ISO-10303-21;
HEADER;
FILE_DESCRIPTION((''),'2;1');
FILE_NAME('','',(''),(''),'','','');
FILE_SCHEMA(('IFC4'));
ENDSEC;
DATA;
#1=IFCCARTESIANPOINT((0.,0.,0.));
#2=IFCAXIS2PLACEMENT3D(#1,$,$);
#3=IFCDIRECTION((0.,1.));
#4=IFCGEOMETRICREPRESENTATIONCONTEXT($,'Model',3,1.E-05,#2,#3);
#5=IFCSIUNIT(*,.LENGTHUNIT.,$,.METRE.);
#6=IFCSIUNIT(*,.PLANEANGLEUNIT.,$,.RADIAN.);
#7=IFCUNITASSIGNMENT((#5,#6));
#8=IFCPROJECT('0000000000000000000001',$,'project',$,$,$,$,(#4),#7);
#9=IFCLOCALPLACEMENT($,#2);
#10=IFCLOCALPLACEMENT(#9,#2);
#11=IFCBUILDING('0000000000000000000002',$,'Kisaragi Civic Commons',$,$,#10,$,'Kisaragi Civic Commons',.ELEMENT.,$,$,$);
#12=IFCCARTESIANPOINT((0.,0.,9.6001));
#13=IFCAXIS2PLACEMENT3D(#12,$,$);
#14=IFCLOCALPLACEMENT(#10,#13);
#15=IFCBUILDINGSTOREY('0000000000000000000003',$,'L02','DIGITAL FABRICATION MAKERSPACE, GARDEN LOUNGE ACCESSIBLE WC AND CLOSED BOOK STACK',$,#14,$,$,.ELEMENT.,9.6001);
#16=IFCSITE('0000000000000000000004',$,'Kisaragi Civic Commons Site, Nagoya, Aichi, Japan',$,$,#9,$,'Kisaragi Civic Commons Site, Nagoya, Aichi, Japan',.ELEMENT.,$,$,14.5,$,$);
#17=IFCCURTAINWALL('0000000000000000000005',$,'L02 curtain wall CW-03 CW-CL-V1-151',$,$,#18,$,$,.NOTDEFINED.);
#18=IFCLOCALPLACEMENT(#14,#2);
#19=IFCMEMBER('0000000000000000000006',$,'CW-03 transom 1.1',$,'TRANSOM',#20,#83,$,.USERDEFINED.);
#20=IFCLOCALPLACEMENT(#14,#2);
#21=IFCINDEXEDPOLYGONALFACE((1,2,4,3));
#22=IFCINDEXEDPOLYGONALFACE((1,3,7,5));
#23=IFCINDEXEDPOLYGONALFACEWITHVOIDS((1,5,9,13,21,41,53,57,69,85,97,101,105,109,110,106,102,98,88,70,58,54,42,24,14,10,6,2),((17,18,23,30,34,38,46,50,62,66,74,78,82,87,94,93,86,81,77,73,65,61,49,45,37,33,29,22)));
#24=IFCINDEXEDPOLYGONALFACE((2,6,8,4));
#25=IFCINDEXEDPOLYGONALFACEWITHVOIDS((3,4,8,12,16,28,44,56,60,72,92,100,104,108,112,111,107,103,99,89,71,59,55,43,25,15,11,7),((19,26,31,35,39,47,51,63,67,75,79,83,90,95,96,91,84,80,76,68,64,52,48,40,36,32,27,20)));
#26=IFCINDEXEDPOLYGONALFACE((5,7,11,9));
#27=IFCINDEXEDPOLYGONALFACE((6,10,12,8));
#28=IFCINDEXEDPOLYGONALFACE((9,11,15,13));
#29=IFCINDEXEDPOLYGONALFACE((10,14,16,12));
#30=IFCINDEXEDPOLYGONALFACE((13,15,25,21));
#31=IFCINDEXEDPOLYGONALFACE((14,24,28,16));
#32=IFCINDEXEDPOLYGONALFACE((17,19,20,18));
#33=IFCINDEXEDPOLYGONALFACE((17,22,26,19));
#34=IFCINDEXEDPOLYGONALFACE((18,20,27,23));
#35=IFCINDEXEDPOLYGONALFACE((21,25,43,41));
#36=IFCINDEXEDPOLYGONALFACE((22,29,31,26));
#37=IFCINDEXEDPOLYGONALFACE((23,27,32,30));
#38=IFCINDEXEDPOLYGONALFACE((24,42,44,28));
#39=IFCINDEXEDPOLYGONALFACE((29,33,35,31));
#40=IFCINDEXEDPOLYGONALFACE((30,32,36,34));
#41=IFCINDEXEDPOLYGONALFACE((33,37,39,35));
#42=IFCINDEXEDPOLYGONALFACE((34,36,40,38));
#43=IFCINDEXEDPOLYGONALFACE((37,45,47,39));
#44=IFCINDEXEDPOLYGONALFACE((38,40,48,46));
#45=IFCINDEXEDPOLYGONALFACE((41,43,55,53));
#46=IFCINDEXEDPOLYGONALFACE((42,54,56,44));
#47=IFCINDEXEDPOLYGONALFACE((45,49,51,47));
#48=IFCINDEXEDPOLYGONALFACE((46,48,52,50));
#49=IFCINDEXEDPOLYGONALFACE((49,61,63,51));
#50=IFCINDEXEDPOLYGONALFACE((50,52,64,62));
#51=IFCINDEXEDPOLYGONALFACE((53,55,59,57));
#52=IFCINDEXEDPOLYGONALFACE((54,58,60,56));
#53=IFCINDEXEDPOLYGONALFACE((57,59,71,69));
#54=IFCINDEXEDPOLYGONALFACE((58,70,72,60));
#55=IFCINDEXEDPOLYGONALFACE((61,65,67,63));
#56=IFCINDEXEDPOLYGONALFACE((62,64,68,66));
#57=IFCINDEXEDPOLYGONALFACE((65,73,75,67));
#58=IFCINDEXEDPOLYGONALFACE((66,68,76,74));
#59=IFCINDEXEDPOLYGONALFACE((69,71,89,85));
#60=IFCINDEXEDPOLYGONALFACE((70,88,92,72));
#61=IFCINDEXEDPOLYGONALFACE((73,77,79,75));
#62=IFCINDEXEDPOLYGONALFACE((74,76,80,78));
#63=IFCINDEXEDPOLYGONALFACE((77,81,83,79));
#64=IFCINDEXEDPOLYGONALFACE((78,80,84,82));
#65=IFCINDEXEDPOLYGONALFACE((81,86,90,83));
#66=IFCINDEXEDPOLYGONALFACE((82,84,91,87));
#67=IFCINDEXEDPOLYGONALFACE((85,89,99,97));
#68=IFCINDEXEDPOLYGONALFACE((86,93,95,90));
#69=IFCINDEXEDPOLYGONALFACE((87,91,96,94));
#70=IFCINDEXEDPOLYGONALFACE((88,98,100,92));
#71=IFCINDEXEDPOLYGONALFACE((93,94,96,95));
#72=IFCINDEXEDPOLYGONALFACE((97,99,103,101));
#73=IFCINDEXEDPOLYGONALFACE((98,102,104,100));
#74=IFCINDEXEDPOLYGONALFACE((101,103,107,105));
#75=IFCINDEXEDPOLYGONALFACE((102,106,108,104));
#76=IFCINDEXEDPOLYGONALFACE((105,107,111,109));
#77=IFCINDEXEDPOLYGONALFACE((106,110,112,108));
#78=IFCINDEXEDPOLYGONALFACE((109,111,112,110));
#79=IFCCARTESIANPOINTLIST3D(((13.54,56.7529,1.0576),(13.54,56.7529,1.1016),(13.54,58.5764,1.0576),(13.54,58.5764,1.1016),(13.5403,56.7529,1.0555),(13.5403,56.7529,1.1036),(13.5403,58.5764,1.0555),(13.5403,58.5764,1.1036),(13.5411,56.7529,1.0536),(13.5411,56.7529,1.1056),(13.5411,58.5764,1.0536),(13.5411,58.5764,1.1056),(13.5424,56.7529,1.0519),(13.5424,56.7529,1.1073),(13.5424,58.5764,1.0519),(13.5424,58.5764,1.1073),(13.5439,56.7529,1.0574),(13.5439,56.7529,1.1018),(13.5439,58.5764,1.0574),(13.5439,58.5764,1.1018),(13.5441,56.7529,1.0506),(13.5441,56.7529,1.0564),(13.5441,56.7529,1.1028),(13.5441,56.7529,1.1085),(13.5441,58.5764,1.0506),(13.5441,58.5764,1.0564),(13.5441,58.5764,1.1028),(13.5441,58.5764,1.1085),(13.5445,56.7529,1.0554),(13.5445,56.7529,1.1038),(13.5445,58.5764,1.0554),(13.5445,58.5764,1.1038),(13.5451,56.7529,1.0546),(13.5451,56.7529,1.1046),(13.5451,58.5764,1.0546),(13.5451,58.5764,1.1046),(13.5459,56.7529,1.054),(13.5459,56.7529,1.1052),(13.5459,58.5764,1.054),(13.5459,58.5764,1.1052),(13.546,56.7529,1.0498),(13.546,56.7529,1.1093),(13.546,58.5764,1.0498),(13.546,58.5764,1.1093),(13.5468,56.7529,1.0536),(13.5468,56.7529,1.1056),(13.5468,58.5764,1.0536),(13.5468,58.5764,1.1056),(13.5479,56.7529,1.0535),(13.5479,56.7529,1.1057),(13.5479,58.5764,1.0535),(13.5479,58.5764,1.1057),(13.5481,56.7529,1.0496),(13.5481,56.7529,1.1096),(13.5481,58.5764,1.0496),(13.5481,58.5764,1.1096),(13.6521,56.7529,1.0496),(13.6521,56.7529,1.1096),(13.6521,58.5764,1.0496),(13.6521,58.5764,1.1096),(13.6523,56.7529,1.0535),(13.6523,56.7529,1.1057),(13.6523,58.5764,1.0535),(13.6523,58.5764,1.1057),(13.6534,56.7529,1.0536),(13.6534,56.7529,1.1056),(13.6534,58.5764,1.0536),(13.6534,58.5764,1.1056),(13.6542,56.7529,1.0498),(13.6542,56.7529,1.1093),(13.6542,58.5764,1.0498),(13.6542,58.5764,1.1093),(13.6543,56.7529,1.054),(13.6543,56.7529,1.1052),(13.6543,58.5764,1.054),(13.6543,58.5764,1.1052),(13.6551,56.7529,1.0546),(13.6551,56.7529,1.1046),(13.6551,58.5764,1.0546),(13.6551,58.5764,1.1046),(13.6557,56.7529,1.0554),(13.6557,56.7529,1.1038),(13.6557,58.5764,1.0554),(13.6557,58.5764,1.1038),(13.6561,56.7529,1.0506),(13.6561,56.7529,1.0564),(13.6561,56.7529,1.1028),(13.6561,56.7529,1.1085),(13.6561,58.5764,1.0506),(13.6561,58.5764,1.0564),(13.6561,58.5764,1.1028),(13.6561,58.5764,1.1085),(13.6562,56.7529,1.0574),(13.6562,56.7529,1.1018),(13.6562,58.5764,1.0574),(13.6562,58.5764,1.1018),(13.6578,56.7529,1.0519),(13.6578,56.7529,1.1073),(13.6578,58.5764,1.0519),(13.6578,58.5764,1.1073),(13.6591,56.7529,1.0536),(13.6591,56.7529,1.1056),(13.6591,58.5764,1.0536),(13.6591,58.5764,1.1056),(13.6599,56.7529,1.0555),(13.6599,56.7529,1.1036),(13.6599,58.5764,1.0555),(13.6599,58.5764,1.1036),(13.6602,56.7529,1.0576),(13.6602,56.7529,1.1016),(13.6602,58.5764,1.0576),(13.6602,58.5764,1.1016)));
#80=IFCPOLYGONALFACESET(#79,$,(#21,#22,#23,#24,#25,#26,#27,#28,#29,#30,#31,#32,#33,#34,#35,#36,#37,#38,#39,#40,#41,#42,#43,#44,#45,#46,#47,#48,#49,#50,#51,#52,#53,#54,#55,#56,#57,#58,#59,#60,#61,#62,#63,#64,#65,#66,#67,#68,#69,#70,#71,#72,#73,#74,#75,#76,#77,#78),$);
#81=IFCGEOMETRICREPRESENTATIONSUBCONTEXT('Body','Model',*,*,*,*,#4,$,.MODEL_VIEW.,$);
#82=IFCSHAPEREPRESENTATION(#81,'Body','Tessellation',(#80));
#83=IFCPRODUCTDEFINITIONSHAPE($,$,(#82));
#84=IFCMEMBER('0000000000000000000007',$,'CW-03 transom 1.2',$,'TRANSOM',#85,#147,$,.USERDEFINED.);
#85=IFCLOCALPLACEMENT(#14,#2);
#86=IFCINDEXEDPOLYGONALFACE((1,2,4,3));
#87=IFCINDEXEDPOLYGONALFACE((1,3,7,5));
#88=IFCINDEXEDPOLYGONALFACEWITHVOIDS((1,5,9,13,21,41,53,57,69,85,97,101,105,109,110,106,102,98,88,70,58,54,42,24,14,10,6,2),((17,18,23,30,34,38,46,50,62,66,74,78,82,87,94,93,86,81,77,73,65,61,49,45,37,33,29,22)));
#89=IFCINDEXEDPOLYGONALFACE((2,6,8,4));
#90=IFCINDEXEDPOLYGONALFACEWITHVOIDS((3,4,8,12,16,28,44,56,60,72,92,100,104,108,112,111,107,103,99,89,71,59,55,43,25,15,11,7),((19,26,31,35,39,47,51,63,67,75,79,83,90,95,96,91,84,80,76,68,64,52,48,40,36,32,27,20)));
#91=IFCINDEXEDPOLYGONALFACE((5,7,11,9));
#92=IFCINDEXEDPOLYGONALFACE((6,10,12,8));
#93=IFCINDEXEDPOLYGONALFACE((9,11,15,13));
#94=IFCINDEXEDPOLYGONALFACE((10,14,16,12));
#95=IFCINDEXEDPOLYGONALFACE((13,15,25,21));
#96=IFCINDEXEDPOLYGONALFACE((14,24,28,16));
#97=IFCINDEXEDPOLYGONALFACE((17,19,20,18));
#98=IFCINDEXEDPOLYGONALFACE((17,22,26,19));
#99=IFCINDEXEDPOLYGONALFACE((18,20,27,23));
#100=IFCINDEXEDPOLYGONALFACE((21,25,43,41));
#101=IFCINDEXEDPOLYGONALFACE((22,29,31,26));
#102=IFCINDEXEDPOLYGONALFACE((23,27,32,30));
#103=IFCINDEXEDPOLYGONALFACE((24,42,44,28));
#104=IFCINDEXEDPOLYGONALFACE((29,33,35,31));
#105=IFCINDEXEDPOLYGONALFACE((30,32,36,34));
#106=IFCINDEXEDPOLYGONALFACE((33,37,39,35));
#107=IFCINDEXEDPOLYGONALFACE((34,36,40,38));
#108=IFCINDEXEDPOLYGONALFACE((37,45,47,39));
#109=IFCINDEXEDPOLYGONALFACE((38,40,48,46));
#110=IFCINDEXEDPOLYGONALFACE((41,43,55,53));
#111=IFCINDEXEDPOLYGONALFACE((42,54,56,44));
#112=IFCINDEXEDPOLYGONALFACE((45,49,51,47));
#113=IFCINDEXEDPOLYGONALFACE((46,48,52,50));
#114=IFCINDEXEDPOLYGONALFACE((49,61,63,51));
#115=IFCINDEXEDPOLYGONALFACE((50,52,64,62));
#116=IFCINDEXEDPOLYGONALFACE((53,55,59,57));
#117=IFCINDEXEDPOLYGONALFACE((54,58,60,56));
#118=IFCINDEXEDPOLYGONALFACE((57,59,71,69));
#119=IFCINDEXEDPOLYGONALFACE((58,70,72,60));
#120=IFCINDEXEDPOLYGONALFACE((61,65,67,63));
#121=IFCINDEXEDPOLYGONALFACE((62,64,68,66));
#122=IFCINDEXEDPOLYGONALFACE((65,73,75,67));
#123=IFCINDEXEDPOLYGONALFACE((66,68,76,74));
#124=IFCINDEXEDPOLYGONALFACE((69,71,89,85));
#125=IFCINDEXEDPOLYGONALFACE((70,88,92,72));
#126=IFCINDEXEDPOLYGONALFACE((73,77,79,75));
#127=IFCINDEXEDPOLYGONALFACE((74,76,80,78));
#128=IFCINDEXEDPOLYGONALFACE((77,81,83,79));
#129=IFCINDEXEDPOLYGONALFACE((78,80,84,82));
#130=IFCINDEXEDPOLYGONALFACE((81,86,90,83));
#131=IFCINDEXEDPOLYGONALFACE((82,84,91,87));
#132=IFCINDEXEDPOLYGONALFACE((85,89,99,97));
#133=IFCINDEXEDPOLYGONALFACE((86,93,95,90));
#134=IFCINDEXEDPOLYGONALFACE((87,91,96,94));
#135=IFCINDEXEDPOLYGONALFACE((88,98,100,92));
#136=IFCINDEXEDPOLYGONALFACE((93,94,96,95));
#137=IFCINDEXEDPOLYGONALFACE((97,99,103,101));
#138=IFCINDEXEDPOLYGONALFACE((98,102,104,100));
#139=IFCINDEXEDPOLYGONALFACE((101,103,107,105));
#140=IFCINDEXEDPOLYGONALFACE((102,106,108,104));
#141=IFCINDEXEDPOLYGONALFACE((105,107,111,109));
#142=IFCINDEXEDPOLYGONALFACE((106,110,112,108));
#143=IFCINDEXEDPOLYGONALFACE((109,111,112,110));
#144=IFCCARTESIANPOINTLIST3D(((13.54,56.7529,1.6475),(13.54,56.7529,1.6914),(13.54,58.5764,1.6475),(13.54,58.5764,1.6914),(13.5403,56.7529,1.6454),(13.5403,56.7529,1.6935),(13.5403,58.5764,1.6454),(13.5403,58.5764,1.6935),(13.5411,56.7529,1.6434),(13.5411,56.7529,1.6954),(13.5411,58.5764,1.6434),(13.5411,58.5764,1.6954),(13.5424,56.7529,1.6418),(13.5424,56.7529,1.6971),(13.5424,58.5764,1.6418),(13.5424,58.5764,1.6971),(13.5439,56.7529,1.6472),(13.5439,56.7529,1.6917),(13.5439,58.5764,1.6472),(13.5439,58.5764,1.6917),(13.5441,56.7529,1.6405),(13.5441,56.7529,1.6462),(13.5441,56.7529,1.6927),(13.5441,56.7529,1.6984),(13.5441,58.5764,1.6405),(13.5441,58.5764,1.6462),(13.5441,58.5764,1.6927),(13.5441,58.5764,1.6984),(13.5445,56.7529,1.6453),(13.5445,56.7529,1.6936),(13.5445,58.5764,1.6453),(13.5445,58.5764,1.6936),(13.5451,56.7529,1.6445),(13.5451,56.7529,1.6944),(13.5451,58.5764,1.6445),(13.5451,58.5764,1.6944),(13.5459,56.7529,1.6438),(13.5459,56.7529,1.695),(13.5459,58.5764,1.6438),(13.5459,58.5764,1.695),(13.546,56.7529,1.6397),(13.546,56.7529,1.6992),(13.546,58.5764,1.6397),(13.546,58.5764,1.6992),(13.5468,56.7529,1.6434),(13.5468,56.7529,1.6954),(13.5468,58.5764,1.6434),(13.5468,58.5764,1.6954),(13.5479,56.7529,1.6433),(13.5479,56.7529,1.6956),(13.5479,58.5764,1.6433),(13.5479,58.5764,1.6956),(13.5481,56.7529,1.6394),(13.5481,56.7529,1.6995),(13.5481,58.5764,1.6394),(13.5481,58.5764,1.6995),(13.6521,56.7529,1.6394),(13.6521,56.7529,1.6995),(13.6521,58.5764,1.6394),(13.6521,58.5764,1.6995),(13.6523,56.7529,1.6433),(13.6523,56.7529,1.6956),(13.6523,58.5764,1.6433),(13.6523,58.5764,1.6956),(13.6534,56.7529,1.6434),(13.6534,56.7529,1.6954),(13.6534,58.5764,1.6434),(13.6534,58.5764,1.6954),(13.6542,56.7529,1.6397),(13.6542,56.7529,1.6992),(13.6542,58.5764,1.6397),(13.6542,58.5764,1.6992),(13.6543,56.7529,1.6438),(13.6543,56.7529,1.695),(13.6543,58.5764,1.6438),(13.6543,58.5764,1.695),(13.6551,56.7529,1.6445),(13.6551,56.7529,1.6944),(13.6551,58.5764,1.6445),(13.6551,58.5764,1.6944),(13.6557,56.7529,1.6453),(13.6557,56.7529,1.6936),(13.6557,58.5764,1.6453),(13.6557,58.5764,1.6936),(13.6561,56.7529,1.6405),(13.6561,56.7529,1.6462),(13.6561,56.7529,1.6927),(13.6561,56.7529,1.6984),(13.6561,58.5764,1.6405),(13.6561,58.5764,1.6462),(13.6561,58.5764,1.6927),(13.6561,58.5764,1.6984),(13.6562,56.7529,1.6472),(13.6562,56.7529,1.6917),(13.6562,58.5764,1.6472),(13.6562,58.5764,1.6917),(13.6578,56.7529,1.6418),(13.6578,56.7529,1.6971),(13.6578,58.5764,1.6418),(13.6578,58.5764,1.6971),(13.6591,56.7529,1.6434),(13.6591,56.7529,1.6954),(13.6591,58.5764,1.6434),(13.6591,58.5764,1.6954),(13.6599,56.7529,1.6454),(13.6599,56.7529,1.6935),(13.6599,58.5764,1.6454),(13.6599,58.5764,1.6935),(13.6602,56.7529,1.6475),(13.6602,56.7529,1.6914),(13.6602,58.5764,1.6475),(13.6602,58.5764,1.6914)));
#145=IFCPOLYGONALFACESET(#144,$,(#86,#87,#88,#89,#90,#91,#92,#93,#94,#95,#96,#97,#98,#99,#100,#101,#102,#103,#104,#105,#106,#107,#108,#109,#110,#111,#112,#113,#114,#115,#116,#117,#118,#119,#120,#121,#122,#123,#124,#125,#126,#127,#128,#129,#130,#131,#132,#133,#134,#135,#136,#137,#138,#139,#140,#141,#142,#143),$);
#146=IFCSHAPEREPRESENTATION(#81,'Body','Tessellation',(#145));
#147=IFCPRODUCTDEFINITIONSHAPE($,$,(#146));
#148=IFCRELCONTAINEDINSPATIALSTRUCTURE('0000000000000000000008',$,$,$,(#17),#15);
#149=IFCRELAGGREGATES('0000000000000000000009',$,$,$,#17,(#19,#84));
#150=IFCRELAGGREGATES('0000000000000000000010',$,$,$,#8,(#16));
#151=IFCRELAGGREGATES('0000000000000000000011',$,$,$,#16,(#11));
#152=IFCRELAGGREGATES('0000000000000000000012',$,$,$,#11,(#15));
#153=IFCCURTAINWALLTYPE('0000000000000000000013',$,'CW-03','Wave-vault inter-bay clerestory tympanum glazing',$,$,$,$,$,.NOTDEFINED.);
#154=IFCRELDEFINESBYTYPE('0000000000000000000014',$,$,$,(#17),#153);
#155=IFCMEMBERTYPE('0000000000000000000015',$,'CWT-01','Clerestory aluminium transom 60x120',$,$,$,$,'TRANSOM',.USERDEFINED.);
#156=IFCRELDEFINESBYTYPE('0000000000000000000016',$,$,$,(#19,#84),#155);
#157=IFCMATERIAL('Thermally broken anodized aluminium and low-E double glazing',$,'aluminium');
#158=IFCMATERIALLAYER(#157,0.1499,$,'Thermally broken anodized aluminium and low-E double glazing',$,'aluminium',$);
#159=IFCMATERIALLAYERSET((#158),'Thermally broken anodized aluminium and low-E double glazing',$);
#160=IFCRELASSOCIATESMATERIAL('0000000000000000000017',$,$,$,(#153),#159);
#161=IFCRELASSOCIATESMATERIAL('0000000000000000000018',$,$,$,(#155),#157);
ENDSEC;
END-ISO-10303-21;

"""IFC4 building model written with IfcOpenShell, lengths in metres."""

from ifc_helpers import new_model, si_unit, direction, frame, origin, origin_2d, place, context, subcontext, project, spatial, hollow_rectangle, extrude, material, layer, layer_set, material_profile, profile_set, type_object, element, aggregate, save


model = new_model("IFC4")

# Units and contexts
model_context = context("Model", 3, precision=1e-05, world=origin(), true_north=direction((0.0, 1.0)))
body_context = subcontext(model_context, "Body", "Model", "MODEL_VIEW")
ifc_project = project(units=[si_unit("LENGTHUNIT", "METRE"), si_unit("PLANEANGLEUNIT", "RADIAN")], contexts=[model_context])

# Site, building, storey
site_placement = place(None, origin())
site = spatial("IfcSite", under=ifc_project, at=site_placement, Name="Kisaragi Civic Commons Site, Nagoya, Aichi, Japan", LongName="Kisaragi Civic Commons Site, Nagoya, Aichi, Japan", CompositionType="ELEMENT", RefElevation=14.5)
building_placement = place(site_placement, origin())
building = spatial("IfcBuilding", under=site, at=building_placement, Name="Kisaragi Civic Commons", LongName="Kisaragi Civic Commons", CompositionType="ELEMENT")
storey_placement = place(building_placement, frame((0.0, 0.0, 9.6001)))
storey = spatial("IfcBuildingStorey", under=building, at=storey_placement, Name="L02", Description="DIGITAL FABRICATION MAKERSPACE, GARDEN LOUNGE ACCESSIBLE WC AND CLOSED BOOK STACK", CompositionType="ELEMENT", Elevation=9.6001)

# Curtain wall
ifc_material_1 = material(Name="Thermally broken anodized aluminium and low-E double glazing", Category="aluminium")
ifc_layer_1 = layer(ifc_material_1, 0.1499, Name="Thermally broken anodized aluminium and low-E double glazing", Category="aluminium")
ifc_layer_set_1 = layer_set([ifc_layer_1], Name="Thermally broken anodized aluminium and low-E double glazing")
curtain_wall_type = type_object("IfcCurtainWallType", Name="CW-03", Description="Wave-vault inter-bay clerestory tympanum glazing", PredefinedType="NOTDEFINED", material=ifc_layer_set_1)
curtain_wall_1_placement = place(storey_placement, origin())
curtain_wall_1 = element("IfcCurtainWall", 1, at=curtain_wall_1_placement, inside=storey, type_object=curtain_wall_type, Name="L02 curtain wall CW-03 CW-CL-V1-151", PredefinedType="NOTDEFINED")

# Members
ifc_material_profile_1 = material_profile(ifc_material_1, hollow_rectangle(XDim=0.1201, YDim=0.0601, WallThickness=0.0039, InnerFilletRadius=0.0039, OuterFilletRadius=0.0081, at=origin_2d()), Name="CWT-60x120x4", Category="aluminium")
ifc_profile_set_1 = profile_set([ifc_material_profile_1], Name="Thermally broken anodized aluminium and low-E double glazing")
member_type_1 = type_object("IfcMemberType", Name="CWT-01", Description="Clerestory aluminium transom 60x120", ElementType="TRANSOM", PredefinedType="USERDEFINED", material=ifc_profile_set_1)
member_1_placement = place(storey_placement, frame((13.6001, 56.7529, 1.0796), z_axis=(0.0, 1.0, 0.0), x_axis=(-1.0, 0.0, 0.0)))
member_1 = element("IfcMember", 2, at=member_1_placement, type_object=member_type_1, Name="CW-03 transom 1.1", ObjectType="TRANSOM", PredefinedType="USERDEFINED", context=body_context, shape_type="SweptSolid", body=[
    extrude(hollow_rectangle(XDim=0.1201, YDim=0.0601, WallThickness=0.0039, InnerFilletRadius=0.0039, OuterFilletRadius=0.0081, at=origin_2d()), origin(), (0.0, 0.0, 1.0), 1.8235),
])
member_2_placement = place(storey_placement, frame((13.6001, 56.7529, 1.6694), z_axis=(0.0, 1.0, 0.0), x_axis=(-1.0, 0.0, 0.0)))
member_2 = element("IfcMember", 3, at=member_2_placement, type_object=member_type_1, Name="CW-03 transom 1.2", ObjectType="TRANSOM", PredefinedType="USERDEFINED", context=body_context, shape_type="SweptSolid", body=[
    extrude(hollow_rectangle(XDim=0.1201, YDim=0.0601, WallThickness=0.0039, InnerFilletRadius=0.0039, OuterFilletRadius=0.0081, at=origin_2d()), origin(), (0.0, 0.0, 1.0), 1.8235),
])

aggregate(curtain_wall_1, [member_1, member_2])

save(model, "model.ifc")
